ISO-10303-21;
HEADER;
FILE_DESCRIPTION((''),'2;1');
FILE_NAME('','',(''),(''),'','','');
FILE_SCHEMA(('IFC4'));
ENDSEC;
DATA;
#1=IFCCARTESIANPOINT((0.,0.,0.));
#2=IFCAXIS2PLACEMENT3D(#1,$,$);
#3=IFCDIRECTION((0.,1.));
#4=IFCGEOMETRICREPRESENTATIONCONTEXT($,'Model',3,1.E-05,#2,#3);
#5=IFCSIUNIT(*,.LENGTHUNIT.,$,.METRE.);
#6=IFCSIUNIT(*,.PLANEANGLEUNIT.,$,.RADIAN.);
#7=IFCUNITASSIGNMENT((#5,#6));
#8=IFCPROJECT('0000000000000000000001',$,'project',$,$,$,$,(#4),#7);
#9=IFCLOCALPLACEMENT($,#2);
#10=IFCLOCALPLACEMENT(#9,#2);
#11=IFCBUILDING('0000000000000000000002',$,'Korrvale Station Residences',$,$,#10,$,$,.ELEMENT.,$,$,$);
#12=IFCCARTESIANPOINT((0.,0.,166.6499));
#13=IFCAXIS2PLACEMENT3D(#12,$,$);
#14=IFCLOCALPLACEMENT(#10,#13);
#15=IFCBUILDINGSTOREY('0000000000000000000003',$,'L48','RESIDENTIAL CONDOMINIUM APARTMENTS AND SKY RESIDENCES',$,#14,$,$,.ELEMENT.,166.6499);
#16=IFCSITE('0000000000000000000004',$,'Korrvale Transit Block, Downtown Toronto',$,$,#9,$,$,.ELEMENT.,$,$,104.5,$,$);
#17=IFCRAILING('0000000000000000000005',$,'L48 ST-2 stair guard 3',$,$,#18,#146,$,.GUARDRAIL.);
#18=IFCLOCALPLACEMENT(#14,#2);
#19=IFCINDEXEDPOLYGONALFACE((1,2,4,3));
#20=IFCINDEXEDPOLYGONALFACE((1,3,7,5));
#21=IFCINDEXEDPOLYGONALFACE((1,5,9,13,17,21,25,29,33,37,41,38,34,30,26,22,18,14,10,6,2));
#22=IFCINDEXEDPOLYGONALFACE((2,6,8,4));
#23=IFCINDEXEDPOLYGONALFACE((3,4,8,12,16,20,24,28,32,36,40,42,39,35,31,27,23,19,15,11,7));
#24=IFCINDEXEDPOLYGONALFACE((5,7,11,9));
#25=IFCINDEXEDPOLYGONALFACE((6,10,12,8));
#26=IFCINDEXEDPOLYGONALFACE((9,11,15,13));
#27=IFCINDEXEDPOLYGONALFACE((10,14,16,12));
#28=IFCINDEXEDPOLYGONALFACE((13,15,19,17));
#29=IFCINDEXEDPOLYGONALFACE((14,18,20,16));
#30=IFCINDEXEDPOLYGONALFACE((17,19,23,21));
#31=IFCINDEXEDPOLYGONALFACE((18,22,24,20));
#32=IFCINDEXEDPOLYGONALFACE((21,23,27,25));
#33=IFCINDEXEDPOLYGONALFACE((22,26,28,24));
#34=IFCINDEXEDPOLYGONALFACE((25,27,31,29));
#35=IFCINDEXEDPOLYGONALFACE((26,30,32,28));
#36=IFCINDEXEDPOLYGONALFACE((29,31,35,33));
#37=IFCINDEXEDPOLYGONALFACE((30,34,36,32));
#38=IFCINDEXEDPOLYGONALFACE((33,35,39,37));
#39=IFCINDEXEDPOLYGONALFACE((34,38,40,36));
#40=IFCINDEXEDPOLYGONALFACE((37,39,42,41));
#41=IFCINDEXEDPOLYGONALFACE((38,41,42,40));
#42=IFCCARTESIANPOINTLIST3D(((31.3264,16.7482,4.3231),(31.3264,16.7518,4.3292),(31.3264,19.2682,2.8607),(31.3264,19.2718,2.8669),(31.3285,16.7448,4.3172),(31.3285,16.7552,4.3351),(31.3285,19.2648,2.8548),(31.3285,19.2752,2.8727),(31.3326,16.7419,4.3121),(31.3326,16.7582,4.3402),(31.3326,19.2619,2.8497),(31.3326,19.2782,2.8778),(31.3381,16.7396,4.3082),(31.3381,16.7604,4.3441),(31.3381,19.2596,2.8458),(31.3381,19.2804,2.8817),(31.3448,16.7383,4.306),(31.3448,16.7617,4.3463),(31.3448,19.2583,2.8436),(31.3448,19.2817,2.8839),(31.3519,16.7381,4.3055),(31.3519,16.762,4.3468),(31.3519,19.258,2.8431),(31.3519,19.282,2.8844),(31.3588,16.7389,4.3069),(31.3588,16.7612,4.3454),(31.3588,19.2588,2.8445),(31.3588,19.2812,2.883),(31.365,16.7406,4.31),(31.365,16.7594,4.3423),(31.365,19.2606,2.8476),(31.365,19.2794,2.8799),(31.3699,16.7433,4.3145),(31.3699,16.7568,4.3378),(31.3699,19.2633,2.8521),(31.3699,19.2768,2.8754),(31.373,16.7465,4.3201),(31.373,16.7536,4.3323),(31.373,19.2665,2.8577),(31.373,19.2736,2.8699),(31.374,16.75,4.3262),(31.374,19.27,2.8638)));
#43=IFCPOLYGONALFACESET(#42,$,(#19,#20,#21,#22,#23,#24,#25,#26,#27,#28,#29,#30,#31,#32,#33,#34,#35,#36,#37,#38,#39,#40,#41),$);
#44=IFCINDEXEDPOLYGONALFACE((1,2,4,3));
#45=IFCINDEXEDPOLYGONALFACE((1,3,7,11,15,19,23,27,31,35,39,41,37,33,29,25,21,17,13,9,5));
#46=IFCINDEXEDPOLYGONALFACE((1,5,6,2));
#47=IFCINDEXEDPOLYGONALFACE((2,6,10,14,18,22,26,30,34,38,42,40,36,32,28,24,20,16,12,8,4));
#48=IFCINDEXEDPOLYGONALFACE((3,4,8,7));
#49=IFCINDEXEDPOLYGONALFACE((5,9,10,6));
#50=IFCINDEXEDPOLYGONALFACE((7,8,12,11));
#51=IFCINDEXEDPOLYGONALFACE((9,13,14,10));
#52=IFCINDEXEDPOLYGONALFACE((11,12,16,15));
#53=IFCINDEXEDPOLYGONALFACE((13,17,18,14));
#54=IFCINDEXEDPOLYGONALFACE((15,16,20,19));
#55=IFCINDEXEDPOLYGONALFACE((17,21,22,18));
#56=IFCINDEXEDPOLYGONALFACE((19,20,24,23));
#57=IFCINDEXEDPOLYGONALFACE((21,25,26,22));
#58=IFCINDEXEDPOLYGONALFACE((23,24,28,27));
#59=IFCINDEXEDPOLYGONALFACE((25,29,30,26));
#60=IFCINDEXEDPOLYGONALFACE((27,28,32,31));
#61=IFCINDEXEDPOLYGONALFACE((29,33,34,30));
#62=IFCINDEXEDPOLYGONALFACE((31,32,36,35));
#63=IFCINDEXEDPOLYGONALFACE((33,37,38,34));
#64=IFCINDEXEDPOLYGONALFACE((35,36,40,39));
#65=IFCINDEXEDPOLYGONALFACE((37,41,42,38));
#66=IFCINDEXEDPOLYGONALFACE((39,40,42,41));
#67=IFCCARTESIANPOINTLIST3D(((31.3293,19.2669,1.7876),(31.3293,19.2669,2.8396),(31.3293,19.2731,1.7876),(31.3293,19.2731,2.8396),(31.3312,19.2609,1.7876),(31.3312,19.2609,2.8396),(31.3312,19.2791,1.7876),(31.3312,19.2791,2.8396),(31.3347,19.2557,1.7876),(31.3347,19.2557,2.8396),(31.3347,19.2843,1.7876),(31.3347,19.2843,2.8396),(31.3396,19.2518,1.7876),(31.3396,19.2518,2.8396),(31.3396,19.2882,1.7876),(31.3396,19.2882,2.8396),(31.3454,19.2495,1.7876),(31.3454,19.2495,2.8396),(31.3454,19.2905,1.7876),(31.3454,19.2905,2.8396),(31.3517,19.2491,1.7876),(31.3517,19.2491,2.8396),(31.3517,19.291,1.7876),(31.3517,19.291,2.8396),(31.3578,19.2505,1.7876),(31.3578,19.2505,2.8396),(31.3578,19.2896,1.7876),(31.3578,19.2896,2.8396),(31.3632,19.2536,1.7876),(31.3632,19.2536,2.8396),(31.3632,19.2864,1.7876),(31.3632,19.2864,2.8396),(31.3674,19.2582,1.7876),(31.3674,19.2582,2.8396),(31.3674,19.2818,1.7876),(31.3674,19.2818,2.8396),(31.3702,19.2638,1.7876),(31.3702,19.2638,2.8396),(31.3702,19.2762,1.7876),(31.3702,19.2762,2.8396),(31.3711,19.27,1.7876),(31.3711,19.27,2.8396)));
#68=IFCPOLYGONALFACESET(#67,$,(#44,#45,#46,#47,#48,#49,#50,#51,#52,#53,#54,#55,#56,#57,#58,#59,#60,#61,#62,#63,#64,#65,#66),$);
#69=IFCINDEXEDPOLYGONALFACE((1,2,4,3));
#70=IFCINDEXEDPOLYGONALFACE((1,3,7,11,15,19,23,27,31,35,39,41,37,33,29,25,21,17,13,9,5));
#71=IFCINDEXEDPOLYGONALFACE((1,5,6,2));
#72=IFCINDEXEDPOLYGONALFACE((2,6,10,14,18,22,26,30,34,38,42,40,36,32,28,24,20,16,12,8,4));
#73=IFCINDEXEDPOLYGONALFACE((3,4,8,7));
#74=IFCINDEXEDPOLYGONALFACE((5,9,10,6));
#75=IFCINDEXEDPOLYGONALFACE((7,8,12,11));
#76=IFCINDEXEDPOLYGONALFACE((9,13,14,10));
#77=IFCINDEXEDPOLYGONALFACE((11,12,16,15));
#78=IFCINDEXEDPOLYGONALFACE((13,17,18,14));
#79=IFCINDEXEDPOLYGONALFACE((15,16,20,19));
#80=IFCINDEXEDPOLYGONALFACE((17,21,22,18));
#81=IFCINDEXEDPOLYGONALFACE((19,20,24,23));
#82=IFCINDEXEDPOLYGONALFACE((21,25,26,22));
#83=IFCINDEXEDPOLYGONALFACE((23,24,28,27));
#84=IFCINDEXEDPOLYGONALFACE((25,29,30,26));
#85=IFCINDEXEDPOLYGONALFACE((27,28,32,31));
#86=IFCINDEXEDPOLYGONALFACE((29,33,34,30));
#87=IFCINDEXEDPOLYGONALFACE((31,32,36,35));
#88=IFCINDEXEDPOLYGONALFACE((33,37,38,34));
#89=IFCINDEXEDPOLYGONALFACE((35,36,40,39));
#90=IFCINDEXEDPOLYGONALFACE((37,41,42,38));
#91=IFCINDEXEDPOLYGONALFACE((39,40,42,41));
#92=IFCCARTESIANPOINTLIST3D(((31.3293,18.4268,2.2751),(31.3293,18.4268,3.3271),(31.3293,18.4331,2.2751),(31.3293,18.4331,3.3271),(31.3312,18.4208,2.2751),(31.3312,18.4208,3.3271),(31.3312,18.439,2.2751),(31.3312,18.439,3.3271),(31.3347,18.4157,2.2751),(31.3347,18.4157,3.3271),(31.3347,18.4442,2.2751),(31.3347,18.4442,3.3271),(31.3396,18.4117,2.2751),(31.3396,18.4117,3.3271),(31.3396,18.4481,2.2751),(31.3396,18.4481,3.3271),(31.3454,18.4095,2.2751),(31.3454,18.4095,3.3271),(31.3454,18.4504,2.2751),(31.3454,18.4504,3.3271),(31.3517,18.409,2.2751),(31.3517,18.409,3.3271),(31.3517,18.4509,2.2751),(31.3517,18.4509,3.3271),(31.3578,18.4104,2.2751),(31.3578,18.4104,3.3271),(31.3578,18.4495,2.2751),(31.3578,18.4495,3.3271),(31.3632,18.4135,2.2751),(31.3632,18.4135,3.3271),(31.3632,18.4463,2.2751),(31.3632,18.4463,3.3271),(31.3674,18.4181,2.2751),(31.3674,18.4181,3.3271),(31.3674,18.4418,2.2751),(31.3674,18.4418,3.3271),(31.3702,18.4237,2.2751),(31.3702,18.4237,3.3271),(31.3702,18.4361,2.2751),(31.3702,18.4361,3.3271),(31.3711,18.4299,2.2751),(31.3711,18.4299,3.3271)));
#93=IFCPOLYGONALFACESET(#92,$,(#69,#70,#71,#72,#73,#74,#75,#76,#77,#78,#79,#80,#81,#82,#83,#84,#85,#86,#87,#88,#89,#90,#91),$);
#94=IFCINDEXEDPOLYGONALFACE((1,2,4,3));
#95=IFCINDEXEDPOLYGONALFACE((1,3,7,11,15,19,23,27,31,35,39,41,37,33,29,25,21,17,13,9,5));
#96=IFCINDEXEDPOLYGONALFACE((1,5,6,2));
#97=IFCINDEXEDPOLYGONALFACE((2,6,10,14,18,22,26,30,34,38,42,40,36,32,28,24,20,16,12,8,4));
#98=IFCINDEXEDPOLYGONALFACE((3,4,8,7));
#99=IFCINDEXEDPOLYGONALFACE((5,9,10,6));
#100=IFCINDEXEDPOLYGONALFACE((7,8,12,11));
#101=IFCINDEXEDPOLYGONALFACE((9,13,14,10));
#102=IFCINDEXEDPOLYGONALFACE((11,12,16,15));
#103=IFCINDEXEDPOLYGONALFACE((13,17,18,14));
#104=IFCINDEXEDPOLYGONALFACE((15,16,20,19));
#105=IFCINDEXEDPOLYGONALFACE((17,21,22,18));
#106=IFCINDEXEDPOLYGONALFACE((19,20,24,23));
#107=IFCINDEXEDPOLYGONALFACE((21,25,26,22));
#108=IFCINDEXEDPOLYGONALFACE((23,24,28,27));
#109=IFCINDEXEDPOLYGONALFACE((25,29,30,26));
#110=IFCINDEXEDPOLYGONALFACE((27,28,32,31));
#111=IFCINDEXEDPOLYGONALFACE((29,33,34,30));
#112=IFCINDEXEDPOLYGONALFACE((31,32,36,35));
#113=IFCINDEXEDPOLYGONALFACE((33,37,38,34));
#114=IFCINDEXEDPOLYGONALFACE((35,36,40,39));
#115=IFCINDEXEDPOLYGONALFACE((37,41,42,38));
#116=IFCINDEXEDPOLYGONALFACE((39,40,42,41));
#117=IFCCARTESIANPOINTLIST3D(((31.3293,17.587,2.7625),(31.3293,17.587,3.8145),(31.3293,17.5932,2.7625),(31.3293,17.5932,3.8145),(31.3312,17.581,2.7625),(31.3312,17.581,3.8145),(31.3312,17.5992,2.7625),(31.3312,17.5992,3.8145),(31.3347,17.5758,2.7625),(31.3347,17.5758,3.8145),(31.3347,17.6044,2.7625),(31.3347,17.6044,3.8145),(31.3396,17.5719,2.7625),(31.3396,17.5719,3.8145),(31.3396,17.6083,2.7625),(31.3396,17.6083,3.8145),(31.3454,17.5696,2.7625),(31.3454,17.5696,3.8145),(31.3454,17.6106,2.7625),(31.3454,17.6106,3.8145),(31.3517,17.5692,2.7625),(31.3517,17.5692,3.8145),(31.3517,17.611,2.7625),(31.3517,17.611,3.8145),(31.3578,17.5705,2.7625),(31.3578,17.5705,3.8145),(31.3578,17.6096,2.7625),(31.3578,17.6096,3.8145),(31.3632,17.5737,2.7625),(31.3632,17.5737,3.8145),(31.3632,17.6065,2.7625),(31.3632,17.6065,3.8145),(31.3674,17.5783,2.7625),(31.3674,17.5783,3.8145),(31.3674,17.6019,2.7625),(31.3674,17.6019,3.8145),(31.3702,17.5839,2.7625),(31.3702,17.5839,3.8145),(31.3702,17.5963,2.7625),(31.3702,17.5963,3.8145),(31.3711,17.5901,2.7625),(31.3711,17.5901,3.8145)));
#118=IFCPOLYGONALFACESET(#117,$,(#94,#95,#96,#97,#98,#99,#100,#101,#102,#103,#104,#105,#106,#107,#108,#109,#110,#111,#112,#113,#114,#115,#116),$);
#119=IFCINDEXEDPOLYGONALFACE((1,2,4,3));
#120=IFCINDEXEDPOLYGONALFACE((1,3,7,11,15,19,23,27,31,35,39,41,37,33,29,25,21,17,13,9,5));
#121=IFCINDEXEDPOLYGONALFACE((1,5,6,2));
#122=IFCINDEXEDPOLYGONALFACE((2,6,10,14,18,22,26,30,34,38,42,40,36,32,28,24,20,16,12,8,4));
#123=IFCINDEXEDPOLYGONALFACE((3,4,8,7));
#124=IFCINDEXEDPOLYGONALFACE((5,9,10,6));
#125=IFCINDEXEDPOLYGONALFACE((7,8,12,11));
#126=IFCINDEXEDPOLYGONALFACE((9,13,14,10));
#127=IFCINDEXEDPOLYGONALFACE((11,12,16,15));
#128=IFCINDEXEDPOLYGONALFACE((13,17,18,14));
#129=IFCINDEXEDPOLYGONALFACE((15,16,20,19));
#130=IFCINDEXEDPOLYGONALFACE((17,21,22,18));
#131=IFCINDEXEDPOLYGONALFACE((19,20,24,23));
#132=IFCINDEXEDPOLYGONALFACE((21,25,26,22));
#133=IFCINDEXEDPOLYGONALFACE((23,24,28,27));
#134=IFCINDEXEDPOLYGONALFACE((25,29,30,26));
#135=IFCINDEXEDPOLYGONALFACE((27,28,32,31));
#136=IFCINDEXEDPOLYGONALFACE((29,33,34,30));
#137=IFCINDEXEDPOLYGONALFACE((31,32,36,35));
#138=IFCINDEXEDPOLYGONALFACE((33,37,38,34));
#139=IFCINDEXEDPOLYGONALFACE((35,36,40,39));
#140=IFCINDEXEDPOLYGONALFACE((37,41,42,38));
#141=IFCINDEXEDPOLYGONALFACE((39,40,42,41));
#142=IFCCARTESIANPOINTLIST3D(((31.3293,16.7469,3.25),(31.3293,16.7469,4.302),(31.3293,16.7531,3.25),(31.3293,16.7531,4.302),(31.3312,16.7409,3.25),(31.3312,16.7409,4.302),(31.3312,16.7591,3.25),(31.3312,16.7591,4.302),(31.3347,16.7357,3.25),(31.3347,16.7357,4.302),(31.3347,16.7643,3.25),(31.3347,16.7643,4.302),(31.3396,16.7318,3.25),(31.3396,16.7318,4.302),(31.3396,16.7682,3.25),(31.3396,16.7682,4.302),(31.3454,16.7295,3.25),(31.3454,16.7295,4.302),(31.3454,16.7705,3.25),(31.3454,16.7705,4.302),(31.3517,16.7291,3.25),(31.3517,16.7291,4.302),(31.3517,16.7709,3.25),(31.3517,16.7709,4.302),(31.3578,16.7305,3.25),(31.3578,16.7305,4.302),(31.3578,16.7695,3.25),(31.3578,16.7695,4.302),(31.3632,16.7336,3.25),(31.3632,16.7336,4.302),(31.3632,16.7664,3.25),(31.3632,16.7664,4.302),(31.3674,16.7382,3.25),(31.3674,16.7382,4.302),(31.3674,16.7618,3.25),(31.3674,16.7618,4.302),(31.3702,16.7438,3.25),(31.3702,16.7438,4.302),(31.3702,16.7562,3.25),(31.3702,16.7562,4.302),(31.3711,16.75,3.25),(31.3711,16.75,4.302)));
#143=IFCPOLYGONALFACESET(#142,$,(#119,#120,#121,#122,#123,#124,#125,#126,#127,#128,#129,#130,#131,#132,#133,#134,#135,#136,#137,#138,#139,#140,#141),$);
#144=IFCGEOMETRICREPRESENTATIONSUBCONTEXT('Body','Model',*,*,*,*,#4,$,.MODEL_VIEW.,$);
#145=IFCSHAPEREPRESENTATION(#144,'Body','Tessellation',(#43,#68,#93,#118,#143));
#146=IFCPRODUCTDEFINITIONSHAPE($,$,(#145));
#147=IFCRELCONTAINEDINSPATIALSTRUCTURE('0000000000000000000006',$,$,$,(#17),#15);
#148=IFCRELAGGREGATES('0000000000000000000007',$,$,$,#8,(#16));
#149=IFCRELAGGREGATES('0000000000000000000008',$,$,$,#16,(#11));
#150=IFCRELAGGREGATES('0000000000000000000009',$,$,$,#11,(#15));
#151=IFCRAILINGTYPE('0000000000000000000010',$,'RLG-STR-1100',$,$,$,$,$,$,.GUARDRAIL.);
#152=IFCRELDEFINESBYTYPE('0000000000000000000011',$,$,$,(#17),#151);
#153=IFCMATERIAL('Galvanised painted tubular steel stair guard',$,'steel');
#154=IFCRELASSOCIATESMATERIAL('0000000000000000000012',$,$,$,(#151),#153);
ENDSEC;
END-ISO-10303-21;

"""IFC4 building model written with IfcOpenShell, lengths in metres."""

from ifc_helpers import new_model, si_unit, direction, frame, origin, origin_2d, place, context, subcontext, project, spatial, circle, extrude, material, type_object, element, save


model = new_model("IFC4")

# Units and contexts
model_context = context("Model", 3, precision=1e-05, world=origin(), true_north=direction((0.0, 1.0)))
body_context = subcontext(model_context, "Body", "Model", "MODEL_VIEW")
ifc_project = project(units=[si_unit("LENGTHUNIT", "METRE"), si_unit("PLANEANGLEUNIT", "RADIAN")], contexts=[model_context])

# Site, building, storey
site_placement = place(None, origin())
site = spatial("IfcSite", under=ifc_project, at=site_placement, Name="Korrvale Transit Block, Downtown Toronto", CompositionType="ELEMENT", RefElevation=104.5)
building_placement = place(site_placement, origin())
building = spatial("IfcBuilding", under=site, at=building_placement, Name="Korrvale Station Residences", CompositionType="ELEMENT")
storey_placement = place(building_placement, frame((0.0, 0.0, 166.6499)))
storey = spatial("IfcBuildingStorey", under=building, at=storey_placement, Name="L48", Description="RESIDENTIAL CONDOMINIUM APARTMENTS AND SKY RESIDENCES", CompositionType="ELEMENT", Elevation=166.6499)

# Railing
ifc_material_1 = material(Name="Galvanised painted tubular steel stair guard", Category="steel")
railing_type_1 = type_object("IfcRailingType", Name="RLG-STR-1100", PredefinedType="GUARDRAIL", material=ifc_material_1)
railing_1_placement = place(storey_placement, frame((31.3501, 19.27, 1.7876)))
element("IfcRailing", 1, at=railing_1_placement, inside=storey, type_object=railing_type_1, Name="L48 ST-2 stair guard 3", PredefinedType="GUARDRAIL", context=body_context, shape_type="SweptSolid", body=[
    extrude(circle(Radius=0.0239, at=origin_2d()), frame((0.0, 0.0, 1.0762), z_axis=(0.0, -0.864913, 0.501921), x_axis=(1.0, 0.0, 0.0)), (0.0, 0.0, 1.0), 2.9136),
    extrude(circle(Radius=0.021, at=origin_2d()), origin(), (0.0, 0.0, 1.0), 1.052),
    extrude(circle(Radius=0.021, at=origin_2d()), frame((0.0, -0.8401, 0.4875)), (0.0, 0.0, 1.0), 1.052),
    extrude(circle(Radius=0.021, at=origin_2d()), frame((0.0, -1.6799, 0.9749)), (0.0, 0.0, 1.0), 1.052),
    extrude(circle(Radius=0.021, at=origin_2d()), frame((0.0, -2.52, 1.4624)), (0.0, 0.0, 1.0), 1.052),
])

save(model, "model.ifc")
